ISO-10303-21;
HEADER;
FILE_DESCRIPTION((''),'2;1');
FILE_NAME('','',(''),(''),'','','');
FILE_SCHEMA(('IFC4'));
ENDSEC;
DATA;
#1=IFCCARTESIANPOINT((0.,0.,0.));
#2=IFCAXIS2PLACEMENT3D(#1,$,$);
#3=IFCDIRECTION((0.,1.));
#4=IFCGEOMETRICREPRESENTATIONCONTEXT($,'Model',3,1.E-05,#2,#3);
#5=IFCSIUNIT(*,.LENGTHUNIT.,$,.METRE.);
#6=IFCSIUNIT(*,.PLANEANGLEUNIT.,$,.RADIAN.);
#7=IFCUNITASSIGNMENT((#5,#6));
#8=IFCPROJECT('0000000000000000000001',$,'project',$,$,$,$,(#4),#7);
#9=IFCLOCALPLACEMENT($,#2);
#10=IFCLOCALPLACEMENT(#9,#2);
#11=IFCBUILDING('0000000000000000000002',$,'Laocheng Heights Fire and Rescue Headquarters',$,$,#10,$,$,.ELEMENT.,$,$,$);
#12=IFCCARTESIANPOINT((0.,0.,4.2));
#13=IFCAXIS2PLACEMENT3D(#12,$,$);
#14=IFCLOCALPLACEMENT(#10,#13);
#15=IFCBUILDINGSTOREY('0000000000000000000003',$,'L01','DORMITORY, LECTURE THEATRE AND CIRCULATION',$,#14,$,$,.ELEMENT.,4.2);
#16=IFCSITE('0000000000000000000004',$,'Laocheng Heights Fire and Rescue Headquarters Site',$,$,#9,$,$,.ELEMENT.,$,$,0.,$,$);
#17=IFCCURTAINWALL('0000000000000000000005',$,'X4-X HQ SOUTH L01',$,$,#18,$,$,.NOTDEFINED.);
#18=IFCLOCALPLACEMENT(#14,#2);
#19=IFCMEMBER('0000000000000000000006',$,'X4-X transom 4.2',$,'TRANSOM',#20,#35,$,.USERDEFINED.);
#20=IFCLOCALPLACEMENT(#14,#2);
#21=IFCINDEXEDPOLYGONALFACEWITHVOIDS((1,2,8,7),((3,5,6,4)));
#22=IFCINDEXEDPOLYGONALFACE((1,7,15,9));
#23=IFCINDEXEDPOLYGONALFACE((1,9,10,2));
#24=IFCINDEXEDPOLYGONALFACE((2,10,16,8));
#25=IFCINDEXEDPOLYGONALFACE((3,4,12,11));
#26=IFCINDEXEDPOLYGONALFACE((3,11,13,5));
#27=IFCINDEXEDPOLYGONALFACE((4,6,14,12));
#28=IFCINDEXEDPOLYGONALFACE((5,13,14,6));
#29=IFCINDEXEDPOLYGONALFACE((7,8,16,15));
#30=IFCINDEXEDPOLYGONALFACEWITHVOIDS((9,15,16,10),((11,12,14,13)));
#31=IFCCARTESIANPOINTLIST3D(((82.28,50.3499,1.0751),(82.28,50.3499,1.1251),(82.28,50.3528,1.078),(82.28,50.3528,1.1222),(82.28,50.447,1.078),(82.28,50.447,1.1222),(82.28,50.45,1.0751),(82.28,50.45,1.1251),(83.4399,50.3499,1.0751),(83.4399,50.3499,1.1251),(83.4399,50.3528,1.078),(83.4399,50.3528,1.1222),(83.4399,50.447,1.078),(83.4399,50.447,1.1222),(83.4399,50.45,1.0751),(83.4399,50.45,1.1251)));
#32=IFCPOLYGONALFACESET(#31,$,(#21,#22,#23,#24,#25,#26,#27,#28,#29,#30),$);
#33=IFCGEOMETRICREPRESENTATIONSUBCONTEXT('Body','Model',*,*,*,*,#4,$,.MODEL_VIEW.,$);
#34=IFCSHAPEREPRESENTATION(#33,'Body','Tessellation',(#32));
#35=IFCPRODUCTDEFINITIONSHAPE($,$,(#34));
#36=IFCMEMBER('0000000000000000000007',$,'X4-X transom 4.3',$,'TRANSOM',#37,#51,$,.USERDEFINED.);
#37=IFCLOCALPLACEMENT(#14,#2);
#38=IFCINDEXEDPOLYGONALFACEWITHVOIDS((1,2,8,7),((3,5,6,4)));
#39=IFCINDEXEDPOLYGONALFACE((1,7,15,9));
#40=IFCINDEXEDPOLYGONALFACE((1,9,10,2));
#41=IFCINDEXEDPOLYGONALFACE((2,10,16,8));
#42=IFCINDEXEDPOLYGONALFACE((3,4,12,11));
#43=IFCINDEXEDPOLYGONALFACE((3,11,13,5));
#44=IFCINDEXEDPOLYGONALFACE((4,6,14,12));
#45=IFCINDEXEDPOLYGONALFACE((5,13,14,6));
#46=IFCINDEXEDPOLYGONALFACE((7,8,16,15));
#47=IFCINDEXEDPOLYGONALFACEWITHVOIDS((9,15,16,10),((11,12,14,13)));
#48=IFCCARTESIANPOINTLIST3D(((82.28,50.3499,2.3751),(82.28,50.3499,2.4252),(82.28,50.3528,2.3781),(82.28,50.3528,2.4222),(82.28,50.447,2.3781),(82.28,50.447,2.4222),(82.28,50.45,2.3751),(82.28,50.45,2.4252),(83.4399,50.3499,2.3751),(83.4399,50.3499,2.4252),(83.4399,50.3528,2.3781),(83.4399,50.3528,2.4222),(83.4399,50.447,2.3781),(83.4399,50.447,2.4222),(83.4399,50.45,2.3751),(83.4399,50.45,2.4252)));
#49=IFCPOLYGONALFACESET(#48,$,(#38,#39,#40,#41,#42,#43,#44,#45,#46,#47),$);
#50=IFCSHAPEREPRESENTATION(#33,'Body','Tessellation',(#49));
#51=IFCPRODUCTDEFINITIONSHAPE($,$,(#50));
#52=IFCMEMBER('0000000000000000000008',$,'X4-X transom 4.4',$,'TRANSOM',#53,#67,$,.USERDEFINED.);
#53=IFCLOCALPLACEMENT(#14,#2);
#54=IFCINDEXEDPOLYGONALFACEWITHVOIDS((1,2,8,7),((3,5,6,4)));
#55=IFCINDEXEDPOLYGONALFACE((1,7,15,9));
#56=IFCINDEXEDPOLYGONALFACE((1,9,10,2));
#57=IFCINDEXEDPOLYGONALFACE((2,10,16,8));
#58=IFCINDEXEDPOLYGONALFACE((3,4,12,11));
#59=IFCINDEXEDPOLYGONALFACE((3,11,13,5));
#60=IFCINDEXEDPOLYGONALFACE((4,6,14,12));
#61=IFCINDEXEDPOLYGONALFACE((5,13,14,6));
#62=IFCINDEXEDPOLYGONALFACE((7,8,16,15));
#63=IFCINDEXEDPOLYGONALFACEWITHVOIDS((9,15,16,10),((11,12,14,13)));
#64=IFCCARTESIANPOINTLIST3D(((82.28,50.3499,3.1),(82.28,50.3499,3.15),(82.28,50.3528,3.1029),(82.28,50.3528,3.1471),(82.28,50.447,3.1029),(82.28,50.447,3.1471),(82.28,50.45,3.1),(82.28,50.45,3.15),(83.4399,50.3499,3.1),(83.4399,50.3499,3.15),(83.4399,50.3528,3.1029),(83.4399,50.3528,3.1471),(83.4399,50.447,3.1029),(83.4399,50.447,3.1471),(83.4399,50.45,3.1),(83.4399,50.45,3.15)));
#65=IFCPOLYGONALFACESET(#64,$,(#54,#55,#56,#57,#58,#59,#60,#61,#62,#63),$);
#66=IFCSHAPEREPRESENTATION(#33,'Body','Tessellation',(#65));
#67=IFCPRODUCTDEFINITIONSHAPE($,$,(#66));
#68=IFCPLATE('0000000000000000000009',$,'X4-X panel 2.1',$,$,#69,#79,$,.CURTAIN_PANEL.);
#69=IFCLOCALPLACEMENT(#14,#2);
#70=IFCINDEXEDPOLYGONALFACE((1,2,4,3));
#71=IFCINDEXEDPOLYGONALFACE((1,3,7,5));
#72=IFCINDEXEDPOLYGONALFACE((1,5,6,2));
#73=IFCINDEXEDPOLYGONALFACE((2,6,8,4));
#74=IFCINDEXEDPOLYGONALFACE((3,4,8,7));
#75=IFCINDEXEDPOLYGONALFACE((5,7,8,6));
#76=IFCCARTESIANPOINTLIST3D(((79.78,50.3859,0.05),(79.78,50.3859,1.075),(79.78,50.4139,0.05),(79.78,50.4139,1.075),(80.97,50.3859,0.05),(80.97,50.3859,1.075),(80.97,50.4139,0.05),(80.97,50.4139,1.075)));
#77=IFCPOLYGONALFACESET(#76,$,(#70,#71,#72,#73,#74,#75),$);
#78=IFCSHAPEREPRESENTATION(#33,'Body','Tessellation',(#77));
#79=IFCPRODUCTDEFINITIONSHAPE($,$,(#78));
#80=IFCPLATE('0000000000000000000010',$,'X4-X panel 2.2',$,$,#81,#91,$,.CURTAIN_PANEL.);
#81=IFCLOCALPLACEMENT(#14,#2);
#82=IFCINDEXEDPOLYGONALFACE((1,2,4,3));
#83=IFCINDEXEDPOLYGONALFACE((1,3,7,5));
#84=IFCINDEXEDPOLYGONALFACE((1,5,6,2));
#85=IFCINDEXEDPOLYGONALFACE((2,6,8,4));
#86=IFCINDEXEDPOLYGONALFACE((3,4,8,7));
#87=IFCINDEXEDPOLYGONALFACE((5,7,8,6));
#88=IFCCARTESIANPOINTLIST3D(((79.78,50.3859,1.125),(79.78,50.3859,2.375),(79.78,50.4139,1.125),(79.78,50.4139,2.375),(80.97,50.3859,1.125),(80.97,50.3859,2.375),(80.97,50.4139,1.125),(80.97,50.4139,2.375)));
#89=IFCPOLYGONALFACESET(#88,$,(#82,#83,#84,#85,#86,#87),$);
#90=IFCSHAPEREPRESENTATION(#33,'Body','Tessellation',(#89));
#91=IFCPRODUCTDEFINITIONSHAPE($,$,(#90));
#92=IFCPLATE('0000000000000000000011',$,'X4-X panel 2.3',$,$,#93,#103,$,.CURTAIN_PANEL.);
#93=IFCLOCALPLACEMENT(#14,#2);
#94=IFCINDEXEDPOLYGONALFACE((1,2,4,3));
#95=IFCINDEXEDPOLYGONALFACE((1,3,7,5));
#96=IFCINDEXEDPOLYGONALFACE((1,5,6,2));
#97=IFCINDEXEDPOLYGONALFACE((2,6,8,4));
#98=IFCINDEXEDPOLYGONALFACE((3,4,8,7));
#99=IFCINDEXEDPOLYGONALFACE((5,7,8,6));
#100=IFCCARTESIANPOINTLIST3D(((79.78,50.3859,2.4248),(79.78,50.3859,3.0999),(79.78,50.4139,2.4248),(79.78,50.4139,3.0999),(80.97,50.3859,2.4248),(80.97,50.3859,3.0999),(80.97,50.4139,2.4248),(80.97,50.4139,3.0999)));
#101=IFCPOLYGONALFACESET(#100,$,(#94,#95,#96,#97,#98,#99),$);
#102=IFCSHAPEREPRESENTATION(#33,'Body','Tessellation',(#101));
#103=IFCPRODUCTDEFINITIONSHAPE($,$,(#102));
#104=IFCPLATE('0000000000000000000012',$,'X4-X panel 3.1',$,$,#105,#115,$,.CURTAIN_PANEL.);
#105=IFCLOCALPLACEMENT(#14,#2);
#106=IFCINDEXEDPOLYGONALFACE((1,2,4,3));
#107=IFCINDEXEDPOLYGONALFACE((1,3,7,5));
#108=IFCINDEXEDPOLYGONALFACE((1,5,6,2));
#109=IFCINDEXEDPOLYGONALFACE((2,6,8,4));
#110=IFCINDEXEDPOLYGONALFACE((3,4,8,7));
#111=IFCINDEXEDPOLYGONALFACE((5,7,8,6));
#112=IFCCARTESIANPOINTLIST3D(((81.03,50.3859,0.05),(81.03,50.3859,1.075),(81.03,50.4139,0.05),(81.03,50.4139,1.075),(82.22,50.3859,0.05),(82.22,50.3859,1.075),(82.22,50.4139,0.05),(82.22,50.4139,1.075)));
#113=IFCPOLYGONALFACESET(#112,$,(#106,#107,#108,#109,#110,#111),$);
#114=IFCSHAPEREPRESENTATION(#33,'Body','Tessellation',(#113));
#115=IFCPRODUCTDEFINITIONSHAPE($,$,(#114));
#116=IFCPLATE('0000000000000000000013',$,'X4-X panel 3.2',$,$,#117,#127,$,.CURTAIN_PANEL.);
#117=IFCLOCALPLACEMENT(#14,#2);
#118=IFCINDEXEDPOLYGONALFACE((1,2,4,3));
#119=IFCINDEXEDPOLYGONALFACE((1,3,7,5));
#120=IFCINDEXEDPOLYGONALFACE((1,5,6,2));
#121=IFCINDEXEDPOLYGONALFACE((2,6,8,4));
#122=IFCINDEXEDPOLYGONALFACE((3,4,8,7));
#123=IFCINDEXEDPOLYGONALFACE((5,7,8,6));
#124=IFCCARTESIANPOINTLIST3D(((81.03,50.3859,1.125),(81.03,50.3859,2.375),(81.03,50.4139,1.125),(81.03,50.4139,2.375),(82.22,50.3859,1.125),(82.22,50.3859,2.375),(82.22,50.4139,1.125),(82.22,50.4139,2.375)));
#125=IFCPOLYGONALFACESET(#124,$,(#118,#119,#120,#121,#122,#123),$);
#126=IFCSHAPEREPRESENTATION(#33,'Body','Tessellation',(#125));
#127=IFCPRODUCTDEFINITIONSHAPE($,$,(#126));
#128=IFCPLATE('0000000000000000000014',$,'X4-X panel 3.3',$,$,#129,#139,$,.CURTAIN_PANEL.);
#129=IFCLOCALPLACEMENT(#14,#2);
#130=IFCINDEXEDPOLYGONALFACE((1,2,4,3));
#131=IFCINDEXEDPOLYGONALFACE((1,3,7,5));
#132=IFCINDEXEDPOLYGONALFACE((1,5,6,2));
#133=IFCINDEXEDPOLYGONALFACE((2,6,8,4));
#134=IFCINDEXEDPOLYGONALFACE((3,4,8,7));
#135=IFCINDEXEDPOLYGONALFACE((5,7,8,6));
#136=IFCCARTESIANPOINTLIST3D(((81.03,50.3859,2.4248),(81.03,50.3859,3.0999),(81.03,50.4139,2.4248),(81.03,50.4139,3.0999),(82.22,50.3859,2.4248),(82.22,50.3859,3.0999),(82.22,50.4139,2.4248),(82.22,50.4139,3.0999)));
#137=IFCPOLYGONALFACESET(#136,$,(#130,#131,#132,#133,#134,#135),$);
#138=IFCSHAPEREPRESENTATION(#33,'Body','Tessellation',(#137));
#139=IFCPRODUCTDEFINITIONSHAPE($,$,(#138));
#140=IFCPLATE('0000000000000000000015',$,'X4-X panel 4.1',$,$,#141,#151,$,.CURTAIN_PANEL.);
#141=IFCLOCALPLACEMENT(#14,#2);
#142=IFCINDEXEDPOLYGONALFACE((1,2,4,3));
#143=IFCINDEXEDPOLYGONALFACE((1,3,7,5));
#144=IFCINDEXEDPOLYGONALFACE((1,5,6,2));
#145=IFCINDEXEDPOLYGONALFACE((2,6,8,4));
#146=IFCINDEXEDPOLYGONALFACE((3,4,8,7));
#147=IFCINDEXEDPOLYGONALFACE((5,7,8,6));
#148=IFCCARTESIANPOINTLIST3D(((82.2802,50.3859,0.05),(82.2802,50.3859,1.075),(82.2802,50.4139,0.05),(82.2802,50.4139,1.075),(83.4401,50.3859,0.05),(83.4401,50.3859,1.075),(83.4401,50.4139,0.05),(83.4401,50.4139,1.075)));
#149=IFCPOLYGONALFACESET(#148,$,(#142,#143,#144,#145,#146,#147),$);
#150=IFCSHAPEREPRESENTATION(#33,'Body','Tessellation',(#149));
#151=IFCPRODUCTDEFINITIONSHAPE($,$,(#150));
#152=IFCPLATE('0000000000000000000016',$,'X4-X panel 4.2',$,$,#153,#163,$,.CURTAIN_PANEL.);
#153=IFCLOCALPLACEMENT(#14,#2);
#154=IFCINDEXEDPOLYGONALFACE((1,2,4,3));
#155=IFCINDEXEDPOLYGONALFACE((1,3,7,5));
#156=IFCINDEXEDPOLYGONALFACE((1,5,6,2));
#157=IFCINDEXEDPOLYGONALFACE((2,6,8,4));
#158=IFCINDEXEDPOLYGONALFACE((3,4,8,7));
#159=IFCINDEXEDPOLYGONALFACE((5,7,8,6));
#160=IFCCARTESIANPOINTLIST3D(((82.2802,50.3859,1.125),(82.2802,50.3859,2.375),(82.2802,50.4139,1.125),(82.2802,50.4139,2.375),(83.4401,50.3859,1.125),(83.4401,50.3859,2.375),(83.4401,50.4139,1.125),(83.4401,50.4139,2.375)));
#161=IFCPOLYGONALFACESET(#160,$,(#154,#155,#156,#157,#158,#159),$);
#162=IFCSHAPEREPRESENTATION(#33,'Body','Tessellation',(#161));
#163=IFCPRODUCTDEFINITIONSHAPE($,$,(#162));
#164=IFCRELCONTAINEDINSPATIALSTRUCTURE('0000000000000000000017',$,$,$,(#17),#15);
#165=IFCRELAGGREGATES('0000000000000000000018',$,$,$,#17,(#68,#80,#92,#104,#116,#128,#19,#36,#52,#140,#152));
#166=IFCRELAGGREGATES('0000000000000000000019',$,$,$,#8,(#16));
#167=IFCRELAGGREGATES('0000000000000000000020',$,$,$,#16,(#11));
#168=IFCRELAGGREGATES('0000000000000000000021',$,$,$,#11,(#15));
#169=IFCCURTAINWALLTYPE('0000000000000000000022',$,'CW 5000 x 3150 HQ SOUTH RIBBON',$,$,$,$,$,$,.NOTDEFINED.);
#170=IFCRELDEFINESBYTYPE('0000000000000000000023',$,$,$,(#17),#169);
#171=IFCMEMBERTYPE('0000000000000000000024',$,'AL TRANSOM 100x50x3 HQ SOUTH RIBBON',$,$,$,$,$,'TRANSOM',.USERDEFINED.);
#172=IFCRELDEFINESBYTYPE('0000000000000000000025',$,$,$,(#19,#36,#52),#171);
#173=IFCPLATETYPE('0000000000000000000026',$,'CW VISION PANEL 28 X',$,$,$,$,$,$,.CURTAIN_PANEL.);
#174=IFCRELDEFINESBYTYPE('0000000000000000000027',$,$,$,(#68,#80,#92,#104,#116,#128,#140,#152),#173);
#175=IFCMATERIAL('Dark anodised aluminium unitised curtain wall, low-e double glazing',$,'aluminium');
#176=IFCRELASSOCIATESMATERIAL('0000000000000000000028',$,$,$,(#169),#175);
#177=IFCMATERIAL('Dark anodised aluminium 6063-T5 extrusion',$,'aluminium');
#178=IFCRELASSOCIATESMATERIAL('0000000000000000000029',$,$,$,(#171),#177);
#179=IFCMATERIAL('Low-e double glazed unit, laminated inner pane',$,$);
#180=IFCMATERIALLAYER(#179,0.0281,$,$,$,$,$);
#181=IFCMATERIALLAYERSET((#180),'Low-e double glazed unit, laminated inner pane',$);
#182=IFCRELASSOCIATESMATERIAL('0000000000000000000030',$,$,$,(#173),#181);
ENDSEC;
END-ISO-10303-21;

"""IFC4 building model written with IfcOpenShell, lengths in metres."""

from ifc_helpers import new_model, si_unit, direction, frame, origin, origin_2d, place, context, subcontext, project, spatial, rectangle, hollow_rectangle, extrude, material, layer, layer_set, material_profile, profile_set, type_object, element, aggregate, save


model = new_model("IFC4")

# Units and contexts
model_context = context("Model", 3, precision=1e-05, world=origin(), true_north=direction((0.0, 1.0)))
body_context = subcontext(model_context, "Body", "Model", "MODEL_VIEW")
ifc_project = project(units=[si_unit("LENGTHUNIT", "METRE"), si_unit("PLANEANGLEUNIT", "RADIAN")], contexts=[model_context])

# Site, building, storey
site_placement = place(None, origin())
site = spatial("IfcSite", under=ifc_project, at=site_placement, Name="Laocheng Heights Fire and Rescue Headquarters Site", CompositionType="ELEMENT", RefElevation=0.0)
building_placement = place(site_placement, origin())
building = spatial("IfcBuilding", under=site, at=building_placement, Name="Laocheng Heights Fire and Rescue Headquarters", CompositionType="ELEMENT")
storey_placement = place(building_placement, frame((0.0, 0.0, 4.2)))
storey = spatial("IfcBuildingStorey", under=building, at=storey_placement, Name="L01", Description="DORMITORY, LECTURE THEATRE AND CIRCULATION", CompositionType="ELEMENT", Elevation=4.2)

# Curtain wall, members, plates
ifc_material_1 = material(Name="Dark anodised aluminium unitised curtain wall, low-e double glazing", Category="aluminium")
curtain_wall_type = type_object("IfcCurtainWallType", Name="CW 5000 x 3150 HQ SOUTH RIBBON", PredefinedType="NOTDEFINED", material=ifc_material_1)
curtain_wall_placement = place(storey_placement, origin())
curtain_wall = element("IfcCurtainWall", 1, at=curtain_wall_placement, inside=storey, type_object=curtain_wall_type, Name="X4-X HQ SOUTH L01", PredefinedType="NOTDEFINED")
ifc_material_2 = material(Name="Dark anodised aluminium 6063-T5 extrusion", Category="aluminium")
ifc_material_profile_1 = material_profile(ifc_material_2, hollow_rectangle(XDim=0.1001, YDim=0.05, WallThickness=0.0029, at=origin_2d()), Name="AL TRANSOM 100x50x3 HQ SOUTH RIBBON")
ifc_profile_set_1 = profile_set([ifc_material_profile_1], Name="Dark anodised aluminium 6063-T5 extrusion")
member_type_1 = type_object("IfcMemberType", Name="AL TRANSOM 100x50x3 HQ SOUTH RIBBON", ElementType="TRANSOM", PredefinedType="USERDEFINED", material=ifc_profile_set_1)
member_1_placement = place(storey_placement, frame((82.28, 50.3999, 1.1001), z_axis=(1.0, 0.0, 0.0), x_axis=(0.0, 1.0, 0.0)))
member_1 = element("IfcMember", 2, at=member_1_placement, type_object=member_type_1, Name="X4-X transom 4.2", ObjectType="TRANSOM", PredefinedType="USERDEFINED", context=body_context, shape_type="SweptSolid", body=[
    extrude(hollow_rectangle(XDim=0.1001, YDim=0.05, WallThickness=0.0029, at=origin_2d()), origin(), (0.0, 0.0, 1.0), 1.1599),
])
member_2_placement = place(storey_placement, frame((82.28, 50.3999, 2.4001), z_axis=(1.0, 0.0, 0.0), x_axis=(0.0, 1.0, 0.0)))
member_2 = element("IfcMember", 3, at=member_2_placement, type_object=member_type_1, Name="X4-X transom 4.3", ObjectType="TRANSOM", PredefinedType="USERDEFINED", context=body_context, shape_type="SweptSolid", body=[
    extrude(hollow_rectangle(XDim=0.1001, YDim=0.05, WallThickness=0.0029, at=origin_2d()), origin(), (0.0, 0.0, 1.0), 1.1599),
])
member_3_placement = place(storey_placement, frame((82.28, 50.3999, 3.125), z_axis=(1.0, 0.0, 0.0), x_axis=(0.0, 1.0, 0.0)))
member_3 = element("IfcMember", 4, at=member_3_placement, type_object=member_type_1, Name="X4-X transom 4.4", ObjectType="TRANSOM", PredefinedType="USERDEFINED", context=body_context, shape_type="SweptSolid", body=[
    extrude(hollow_rectangle(XDim=0.1001, YDim=0.05, WallThickness=0.0029, at=origin_2d()), origin(), (0.0, 0.0, 1.0), 1.1599),
])
ifc_material_3 = material(Name="Low-e double glazed unit, laminated inner pane")
ifc_layer = layer(ifc_material_3, 0.0281)
ifc_layer_set = layer_set([ifc_layer], Name="Low-e double glazed unit, laminated inner pane")
plate_type = type_object("IfcPlateType", Name="CW VISION PANEL 28 X", PredefinedType="CURTAIN_PANEL", material=ifc_layer_set)
plate_1_placement = place(storey_placement, frame((80.375, 50.3999, 0.05), z_axis=(0.0, 0.0, 1.0), x_axis=(1.0, 0.0, 0.0)))
plate_1 = element("IfcPlate", 5, at=plate_1_placement, type_object=plate_type, Name="X4-X panel 2.1", PredefinedType="CURTAIN_PANEL", context=body_context, shape_type="SweptSolid", body=[
    extrude(rectangle(XDim=1.1899, YDim=0.0281, at=origin_2d()), origin(), (0.0, 0.0, 1.0), 1.0249),
])
plate_2_placement = place(storey_placement, frame((80.375, 50.3999, 1.125), z_axis=(0.0, 0.0, 1.0), x_axis=(1.0, 0.0, 0.0)))
plate_2 = element("IfcPlate", 6, at=plate_2_placement, type_object=plate_type, Name="X4-X panel 2.2", PredefinedType="CURTAIN_PANEL", context=body_context, shape_type="SweptSolid", body=[
    extrude(rectangle(XDim=1.1899, YDim=0.0281, at=origin_2d()), origin(), (0.0, 0.0, 1.0), 1.25),
])
plate_3_placement = place(storey_placement, frame((80.375, 50.3999, 2.4248), z_axis=(0.0, 0.0, 1.0), x_axis=(1.0, 0.0, 0.0)))
plate_3 = element("IfcPlate", 7, at=plate_3_placement, type_object=plate_type, Name="X4-X panel 2.3", PredefinedType="CURTAIN_PANEL", context=body_context, shape_type="SweptSolid", body=[
    extrude(rectangle(XDim=1.1899, YDim=0.0281, at=origin_2d()), origin(), (0.0, 0.0, 1.0), 0.675),
])
plate_4_placement = place(storey_placement, frame((81.625, 50.3999, 0.05), z_axis=(0.0, 0.0, 1.0), x_axis=(1.0, 0.0, 0.0)))
plate_4 = element("IfcPlate", 8, at=plate_4_placement, type_object=plate_type, Name="X4-X panel 3.1", PredefinedType="CURTAIN_PANEL", context=body_context, shape_type="SweptSolid", body=[
    extrude(rectangle(XDim=1.1899, YDim=0.0281, at=origin_2d()), origin(), (0.0, 0.0, 1.0), 1.0249),
])
plate_5_placement = place(storey_placement, frame((81.625, 50.3999, 1.125), z_axis=(0.0, 0.0, 1.0), x_axis=(1.0, 0.0, 0.0)))
plate_5 = element("IfcPlate", 9, at=plate_5_placement, type_object=plate_type, Name="X4-X panel 3.2", PredefinedType="CURTAIN_PANEL", context=body_context, shape_type="SweptSolid", body=[
    extrude(rectangle(XDim=1.1899, YDim=0.0281, at=origin_2d()), origin(), (0.0, 0.0, 1.0), 1.25),
])
plate_6_placement = place(storey_placement, frame((81.625, 50.3999, 2.4248), z_axis=(0.0, 0.0, 1.0), x_axis=(1.0, 0.0, 0.0)))
plate_6 = element("IfcPlate", 10, at=plate_6_placement, type_object=plate_type, Name="X4-X panel 3.3", PredefinedType="CURTAIN_PANEL", context=body_context, shape_type="SweptSolid", body=[
    extrude(rectangle(XDim=1.1899, YDim=0.0281, at=origin_2d()), origin(), (0.0, 0.0, 1.0), 0.675),
])
plate_7_placement = place(storey_placement, frame((82.8601, 50.3999, 0.05), z_axis=(0.0, 0.0, 1.0), x_axis=(1.0, 0.0, 0.0)))
plate_7 = element("IfcPlate", 11, at=plate_7_placement, type_object=plate_type, Name="X4-X panel 4.1", PredefinedType="CURTAIN_PANEL", context=body_context, shape_type="SweptSolid", body=[
    extrude(rectangle(XDim=1.1599, YDim=0.0281, at=origin_2d()), origin(), (0.0, 0.0, 1.0), 1.0249),
])
plate_8_placement = place(storey_placement, frame((82.8601, 50.3999, 1.125), z_axis=(0.0, 0.0, 1.0), x_axis=(1.0, 0.0, 0.0)))
plate_8 = element("IfcPlate", 12, at=plate_8_placement, type_object=plate_type, Name="X4-X panel 4.2", PredefinedType="CURTAIN_PANEL", context=body_context, shape_type="SweptSolid", body=[
    extrude(rectangle(XDim=1.1599, YDim=0.0281, at=origin_2d()), origin(), (0.0, 0.0, 1.0), 1.25),
])
aggregate(curtain_wall, [plate_1, plate_2, plate_3, plate_4, plate_5, plate_6, member_1, member_2, member_3, plate_7, plate_8])

save(model, "model.ifc")
